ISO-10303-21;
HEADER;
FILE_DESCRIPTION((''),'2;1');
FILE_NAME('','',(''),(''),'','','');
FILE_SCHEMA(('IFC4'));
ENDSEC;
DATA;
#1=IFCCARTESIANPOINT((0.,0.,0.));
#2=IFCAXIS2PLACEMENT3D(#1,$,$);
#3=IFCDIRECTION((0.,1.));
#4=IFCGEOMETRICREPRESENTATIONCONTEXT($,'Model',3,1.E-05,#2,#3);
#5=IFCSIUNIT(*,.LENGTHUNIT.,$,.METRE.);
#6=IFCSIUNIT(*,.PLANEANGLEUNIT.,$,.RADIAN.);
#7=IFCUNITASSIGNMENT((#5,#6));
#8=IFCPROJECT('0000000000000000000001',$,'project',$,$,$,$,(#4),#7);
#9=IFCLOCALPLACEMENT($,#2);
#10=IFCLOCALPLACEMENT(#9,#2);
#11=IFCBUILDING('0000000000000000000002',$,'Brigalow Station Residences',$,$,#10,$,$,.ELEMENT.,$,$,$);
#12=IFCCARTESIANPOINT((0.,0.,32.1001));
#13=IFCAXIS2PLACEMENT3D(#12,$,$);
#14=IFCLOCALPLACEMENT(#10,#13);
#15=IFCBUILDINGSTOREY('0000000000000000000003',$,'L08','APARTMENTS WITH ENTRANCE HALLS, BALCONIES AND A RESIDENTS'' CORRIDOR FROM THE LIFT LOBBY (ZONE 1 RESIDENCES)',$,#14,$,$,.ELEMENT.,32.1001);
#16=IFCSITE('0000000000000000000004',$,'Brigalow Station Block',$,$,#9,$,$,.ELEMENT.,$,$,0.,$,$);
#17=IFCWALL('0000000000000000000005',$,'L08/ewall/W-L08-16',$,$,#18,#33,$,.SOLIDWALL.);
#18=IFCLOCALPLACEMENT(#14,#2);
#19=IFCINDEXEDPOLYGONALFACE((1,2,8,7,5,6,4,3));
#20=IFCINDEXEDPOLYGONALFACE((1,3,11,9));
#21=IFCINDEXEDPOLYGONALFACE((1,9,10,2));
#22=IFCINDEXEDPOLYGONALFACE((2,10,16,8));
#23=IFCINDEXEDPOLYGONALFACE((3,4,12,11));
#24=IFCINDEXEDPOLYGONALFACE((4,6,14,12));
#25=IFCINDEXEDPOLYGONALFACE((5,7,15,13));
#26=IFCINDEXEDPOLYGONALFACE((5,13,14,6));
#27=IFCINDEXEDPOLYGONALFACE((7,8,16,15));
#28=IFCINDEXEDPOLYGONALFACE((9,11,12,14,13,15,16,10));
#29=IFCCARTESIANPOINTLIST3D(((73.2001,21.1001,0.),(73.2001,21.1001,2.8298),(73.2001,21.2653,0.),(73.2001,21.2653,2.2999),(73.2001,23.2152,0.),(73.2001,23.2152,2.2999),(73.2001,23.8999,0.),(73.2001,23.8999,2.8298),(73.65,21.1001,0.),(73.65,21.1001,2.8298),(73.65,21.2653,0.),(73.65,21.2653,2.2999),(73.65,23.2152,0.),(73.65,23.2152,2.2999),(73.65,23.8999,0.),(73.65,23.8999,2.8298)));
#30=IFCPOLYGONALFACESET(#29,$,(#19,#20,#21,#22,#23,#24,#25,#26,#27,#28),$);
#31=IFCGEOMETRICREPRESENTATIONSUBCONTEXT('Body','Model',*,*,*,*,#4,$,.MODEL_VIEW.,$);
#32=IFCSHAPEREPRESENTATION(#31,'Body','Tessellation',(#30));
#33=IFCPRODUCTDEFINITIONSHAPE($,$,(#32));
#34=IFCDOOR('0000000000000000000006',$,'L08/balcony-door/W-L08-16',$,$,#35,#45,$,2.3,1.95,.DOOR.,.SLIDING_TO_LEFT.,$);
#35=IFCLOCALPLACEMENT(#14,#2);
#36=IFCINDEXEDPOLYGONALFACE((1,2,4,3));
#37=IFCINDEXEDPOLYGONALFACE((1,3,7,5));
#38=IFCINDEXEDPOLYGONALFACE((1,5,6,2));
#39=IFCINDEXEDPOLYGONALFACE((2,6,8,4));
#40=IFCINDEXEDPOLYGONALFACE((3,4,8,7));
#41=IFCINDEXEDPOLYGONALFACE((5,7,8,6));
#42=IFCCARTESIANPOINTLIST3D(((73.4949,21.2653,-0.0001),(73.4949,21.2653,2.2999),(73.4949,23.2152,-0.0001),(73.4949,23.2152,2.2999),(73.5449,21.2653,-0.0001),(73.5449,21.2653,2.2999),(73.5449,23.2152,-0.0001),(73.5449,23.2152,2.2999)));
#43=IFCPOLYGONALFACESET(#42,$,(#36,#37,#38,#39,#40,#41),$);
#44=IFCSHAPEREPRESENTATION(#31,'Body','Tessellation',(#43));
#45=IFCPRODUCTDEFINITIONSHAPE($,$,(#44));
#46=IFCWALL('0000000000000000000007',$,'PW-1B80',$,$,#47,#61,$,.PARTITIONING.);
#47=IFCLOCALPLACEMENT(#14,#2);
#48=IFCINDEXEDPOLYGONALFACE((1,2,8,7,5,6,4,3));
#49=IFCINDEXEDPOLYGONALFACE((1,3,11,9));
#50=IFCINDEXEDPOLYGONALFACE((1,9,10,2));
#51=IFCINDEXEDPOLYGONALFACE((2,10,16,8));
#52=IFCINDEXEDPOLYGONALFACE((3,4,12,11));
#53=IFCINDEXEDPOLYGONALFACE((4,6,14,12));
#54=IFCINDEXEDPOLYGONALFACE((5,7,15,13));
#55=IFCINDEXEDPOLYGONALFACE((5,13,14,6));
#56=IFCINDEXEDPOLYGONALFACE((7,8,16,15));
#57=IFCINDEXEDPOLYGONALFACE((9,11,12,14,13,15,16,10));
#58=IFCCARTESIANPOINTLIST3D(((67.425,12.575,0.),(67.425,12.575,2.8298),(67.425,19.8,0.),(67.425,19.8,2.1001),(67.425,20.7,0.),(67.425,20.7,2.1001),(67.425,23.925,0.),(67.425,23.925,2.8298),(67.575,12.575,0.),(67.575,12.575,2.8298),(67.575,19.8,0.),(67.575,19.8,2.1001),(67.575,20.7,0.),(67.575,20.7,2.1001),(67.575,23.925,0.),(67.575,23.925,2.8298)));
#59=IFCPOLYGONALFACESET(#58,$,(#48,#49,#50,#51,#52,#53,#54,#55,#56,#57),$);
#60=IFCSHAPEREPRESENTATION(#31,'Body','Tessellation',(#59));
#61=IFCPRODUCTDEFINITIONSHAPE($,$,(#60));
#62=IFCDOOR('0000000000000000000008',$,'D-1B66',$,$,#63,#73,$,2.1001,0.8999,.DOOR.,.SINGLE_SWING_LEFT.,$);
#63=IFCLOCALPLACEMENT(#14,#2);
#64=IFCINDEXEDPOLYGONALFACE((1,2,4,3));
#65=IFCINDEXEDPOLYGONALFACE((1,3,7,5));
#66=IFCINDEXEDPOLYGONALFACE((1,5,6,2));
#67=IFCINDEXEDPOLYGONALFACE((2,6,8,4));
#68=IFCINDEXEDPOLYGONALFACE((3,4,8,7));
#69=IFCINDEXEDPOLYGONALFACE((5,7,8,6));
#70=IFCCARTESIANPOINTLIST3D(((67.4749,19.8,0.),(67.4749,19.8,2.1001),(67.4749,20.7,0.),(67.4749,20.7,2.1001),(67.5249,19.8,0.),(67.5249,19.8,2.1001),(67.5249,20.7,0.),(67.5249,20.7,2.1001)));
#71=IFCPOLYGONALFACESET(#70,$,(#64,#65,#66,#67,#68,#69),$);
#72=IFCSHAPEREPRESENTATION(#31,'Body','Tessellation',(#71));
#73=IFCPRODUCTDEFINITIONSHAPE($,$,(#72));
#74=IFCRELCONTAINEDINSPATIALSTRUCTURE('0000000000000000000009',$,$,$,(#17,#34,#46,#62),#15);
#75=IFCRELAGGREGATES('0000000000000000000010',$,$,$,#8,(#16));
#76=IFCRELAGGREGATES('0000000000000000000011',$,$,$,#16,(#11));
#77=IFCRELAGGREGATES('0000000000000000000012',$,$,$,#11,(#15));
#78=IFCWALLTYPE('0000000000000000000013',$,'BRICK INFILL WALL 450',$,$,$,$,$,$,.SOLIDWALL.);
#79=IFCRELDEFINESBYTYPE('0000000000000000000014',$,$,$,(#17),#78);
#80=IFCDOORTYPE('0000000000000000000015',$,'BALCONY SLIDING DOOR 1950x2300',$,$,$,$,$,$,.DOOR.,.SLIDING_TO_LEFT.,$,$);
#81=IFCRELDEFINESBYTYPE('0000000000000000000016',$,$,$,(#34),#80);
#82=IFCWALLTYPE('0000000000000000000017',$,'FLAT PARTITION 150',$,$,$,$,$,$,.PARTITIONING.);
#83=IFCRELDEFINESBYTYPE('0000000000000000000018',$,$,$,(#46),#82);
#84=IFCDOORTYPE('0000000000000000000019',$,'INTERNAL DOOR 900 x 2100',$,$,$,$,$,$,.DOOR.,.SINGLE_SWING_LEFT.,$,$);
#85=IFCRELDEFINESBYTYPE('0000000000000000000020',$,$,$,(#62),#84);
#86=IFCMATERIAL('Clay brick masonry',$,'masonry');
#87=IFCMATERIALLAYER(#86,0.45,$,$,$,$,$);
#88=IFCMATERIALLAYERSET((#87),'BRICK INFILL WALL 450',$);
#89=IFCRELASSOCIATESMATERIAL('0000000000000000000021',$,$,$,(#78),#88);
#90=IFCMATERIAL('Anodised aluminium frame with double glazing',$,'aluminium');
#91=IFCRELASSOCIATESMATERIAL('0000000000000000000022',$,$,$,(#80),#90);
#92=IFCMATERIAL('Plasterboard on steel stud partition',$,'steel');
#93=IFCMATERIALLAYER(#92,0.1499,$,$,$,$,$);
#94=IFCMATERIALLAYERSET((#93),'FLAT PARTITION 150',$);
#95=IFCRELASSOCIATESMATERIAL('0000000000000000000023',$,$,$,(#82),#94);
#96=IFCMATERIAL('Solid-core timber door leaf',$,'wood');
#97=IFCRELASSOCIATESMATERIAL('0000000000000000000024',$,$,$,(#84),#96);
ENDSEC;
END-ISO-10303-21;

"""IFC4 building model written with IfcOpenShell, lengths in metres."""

from ifc_helpers import new_model, si_unit, direction, frame, frame_2d, origin, place, context, subcontext, project, spatial, rectangle, extrude, material, layer, layer_set, type_object, element, fill, save


model = new_model("IFC4")

# Units and contexts
model_context = context("Model", 3, precision=1e-05, world=origin(), true_north=direction((0.0, 1.0)))
body_context = subcontext(model_context, "Body", "Model", "MODEL_VIEW")
ifc_project = project(units=[si_unit("LENGTHUNIT", "METRE"), si_unit("PLANEANGLEUNIT", "RADIAN")], contexts=[model_context])

# Site, building, storey
site_placement = place(None, origin())
site = spatial("IfcSite", under=ifc_project, at=site_placement, Name="Brigalow Station Block", CompositionType="ELEMENT", RefElevation=0.0)
building_placement = place(site_placement, origin())
building = spatial("IfcBuilding", under=site, at=building_placement, Name="Brigalow Station Residences", CompositionType="ELEMENT")
storey_placement = place(building_placement, frame((0.0, 0.0, 32.1001)))
storey = spatial("IfcBuildingStorey", under=building, at=storey_placement, Name="L08", Description="APARTMENTS WITH ENTRANCE HALLS, BALCONIES AND A RESIDENTS' CORRIDOR FROM THE LIFT LOBBY (ZONE 1 RESIDENCES)", CompositionType="ELEMENT", Elevation=32.1001)

# Shared definitions
ifc_material_1 = material(Name="Clay brick masonry", Category="masonry")
ifc_layer_1 = layer(ifc_material_1, 0.45)
ifc_layer_set_1 = layer_set([ifc_layer_1], Name="BRICK INFILL WALL 450")
wall_type_1 = type_object("IfcWallType", Name="BRICK INFILL WALL 450", PredefinedType="SOLIDWALL", material=ifc_layer_set_1)

# Walls, openings, doors
wall_1_placement = place(storey_placement, frame((73.425, 21.1001, 0.0), z_axis=(0.0, 0.0, 1.0), x_axis=(0.0, 1.0, 0.0)))
wall_1 = element("IfcWall", 1, at=wall_1_placement, inside=storey, type_object=wall_type_1, Name="L08/ewall/W-L08-16", PredefinedType="SOLIDWALL", context=body_context, shape_type="SweptSolid", body=[
    extrude(rectangle(XDim=2.7998, YDim=0.45, at=frame_2d((1.3999, 0.0))), origin(), (0.0, 0.0, 1.0), 2.8298),
])
opening_1_placement = place(wall_1_placement, frame((0.165, 0.0, 0.0)))
opening_1 = element("IfcOpeningElement", 2, at=opening_1_placement, cuts=wall_1, PredefinedType="OPENING", context=body_context, shape_type="SweptSolid", body=[
    extrude(rectangle(XDim=1.95, YDim=2.3, at=frame_2d((0.9751, 1.1499))), frame((0.0, 0.2349, 0.0), z_axis=(0.0, -1.0, 0.0), x_axis=(1.0, 0.0, 0.0)), (0.0, 0.0, 1.0), 0.47),
])
ifc_material_2 = material(Name="Anodised aluminium frame with double glazing", Category="aluminium")
door_type_1 = type_object("IfcDoorType", Name="BALCONY SLIDING DOOR 1950x2300", OperationType="SLIDING_TO_LEFT", PredefinedType="DOOR", material=ifc_material_2)
door_1_placement = place(opening_1_placement, origin())
door_1 = element("IfcDoor", 3, at=door_1_placement, inside=storey, type_object=door_type_1, Name="L08/balcony-door/W-L08-16", OperationType="SLIDING_TO_LEFT", OverallHeight=2.3, OverallWidth=1.95, PredefinedType="DOOR", context=body_context, shape_type="SweptSolid", body=[
    extrude(rectangle(XDim=1.95, YDim=2.3, at=frame_2d((0.9751, 1.1499))), frame((0.0, -0.0698, 0.0), z_axis=(0.0, -1.0, 0.0), x_axis=(1.0, 0.0, 0.0)), (0.0, 0.0, 1.0), 0.05),
])
fill(opening_1, door_1)
ifc_material_3 = material(Name="Plasterboard on steel stud partition", Category="steel")
ifc_layer_2 = layer(ifc_material_3, 0.1499)
ifc_layer_set_2 = layer_set([ifc_layer_2], Name="FLAT PARTITION 150")
wall_type_2 = type_object("IfcWallType", Name="FLAT PARTITION 150", PredefinedType="PARTITIONING", material=ifc_layer_set_2)
wall_2_placement = place(storey_placement, frame((67.5, 12.575, 0.0), z_axis=(0.0, 0.0, 1.0), x_axis=(0.0, 1.0, 0.0)))
wall_2 = element("IfcWall", 4, at=wall_2_placement, inside=storey, type_object=wall_type_2, Name="PW-1B80", PredefinedType="PARTITIONING", context=body_context, shape_type="SweptSolid", body=[
    extrude(rectangle(XDim=11.3501, YDim=0.1499, at=frame_2d((5.675, 0.0))), origin(), (0.0, 0.0, 1.0), 2.8298),
])
opening_2_placement = place(wall_2_placement, frame((7.2251, 0.0, 0.0)))
opening_2 = element("IfcOpeningElement", 5, at=opening_2_placement, cuts=wall_2, PredefinedType="OPENING", context=body_context, shape_type="SweptSolid", body=[
    extrude(rectangle(XDim=0.8999, YDim=2.1001, at=frame_2d((0.45, 1.05))), frame((0.0, 0.085, 0.0), z_axis=(0.0, -1.0, 0.0), x_axis=(1.0, 0.0, 0.0)), (0.0, 0.0, 1.0), 0.1699),
])
ifc_material_4 = material(Name="Solid-core timber door leaf", Category="wood")
door_type_2 = type_object("IfcDoorType", Name="INTERNAL DOOR 900 x 2100", OperationType="SINGLE_SWING_LEFT", PredefinedType="DOOR", material=ifc_material_4)
door_2_placement = place(opening_2_placement, frame((0.8999, 0.0, 0.0), z_axis=(0.0, 0.0, 1.0), x_axis=(-1.0, 0.0, 0.0)))
door_2 = element("IfcDoor", 6, at=door_2_placement, inside=storey, type_object=door_type_2, Name="D-1B66", OperationType="SINGLE_SWING_LEFT", OverallHeight=2.1001, OverallWidth=0.8999, PredefinedType="DOOR", context=body_context, shape_type="SweptSolid", body=[
    extrude(rectangle(XDim=0.8999, YDim=2.1001, at=frame_2d((0.45, 1.05))), frame((0.0, 0.0249, 0.0), z_axis=(0.0, -1.0, 0.0), x_axis=(1.0, 0.0, 0.0)), (0.0, 0.0, 1.0), 0.05),
])
fill(opening_2, door_2)

save(model, "model.ifc")
